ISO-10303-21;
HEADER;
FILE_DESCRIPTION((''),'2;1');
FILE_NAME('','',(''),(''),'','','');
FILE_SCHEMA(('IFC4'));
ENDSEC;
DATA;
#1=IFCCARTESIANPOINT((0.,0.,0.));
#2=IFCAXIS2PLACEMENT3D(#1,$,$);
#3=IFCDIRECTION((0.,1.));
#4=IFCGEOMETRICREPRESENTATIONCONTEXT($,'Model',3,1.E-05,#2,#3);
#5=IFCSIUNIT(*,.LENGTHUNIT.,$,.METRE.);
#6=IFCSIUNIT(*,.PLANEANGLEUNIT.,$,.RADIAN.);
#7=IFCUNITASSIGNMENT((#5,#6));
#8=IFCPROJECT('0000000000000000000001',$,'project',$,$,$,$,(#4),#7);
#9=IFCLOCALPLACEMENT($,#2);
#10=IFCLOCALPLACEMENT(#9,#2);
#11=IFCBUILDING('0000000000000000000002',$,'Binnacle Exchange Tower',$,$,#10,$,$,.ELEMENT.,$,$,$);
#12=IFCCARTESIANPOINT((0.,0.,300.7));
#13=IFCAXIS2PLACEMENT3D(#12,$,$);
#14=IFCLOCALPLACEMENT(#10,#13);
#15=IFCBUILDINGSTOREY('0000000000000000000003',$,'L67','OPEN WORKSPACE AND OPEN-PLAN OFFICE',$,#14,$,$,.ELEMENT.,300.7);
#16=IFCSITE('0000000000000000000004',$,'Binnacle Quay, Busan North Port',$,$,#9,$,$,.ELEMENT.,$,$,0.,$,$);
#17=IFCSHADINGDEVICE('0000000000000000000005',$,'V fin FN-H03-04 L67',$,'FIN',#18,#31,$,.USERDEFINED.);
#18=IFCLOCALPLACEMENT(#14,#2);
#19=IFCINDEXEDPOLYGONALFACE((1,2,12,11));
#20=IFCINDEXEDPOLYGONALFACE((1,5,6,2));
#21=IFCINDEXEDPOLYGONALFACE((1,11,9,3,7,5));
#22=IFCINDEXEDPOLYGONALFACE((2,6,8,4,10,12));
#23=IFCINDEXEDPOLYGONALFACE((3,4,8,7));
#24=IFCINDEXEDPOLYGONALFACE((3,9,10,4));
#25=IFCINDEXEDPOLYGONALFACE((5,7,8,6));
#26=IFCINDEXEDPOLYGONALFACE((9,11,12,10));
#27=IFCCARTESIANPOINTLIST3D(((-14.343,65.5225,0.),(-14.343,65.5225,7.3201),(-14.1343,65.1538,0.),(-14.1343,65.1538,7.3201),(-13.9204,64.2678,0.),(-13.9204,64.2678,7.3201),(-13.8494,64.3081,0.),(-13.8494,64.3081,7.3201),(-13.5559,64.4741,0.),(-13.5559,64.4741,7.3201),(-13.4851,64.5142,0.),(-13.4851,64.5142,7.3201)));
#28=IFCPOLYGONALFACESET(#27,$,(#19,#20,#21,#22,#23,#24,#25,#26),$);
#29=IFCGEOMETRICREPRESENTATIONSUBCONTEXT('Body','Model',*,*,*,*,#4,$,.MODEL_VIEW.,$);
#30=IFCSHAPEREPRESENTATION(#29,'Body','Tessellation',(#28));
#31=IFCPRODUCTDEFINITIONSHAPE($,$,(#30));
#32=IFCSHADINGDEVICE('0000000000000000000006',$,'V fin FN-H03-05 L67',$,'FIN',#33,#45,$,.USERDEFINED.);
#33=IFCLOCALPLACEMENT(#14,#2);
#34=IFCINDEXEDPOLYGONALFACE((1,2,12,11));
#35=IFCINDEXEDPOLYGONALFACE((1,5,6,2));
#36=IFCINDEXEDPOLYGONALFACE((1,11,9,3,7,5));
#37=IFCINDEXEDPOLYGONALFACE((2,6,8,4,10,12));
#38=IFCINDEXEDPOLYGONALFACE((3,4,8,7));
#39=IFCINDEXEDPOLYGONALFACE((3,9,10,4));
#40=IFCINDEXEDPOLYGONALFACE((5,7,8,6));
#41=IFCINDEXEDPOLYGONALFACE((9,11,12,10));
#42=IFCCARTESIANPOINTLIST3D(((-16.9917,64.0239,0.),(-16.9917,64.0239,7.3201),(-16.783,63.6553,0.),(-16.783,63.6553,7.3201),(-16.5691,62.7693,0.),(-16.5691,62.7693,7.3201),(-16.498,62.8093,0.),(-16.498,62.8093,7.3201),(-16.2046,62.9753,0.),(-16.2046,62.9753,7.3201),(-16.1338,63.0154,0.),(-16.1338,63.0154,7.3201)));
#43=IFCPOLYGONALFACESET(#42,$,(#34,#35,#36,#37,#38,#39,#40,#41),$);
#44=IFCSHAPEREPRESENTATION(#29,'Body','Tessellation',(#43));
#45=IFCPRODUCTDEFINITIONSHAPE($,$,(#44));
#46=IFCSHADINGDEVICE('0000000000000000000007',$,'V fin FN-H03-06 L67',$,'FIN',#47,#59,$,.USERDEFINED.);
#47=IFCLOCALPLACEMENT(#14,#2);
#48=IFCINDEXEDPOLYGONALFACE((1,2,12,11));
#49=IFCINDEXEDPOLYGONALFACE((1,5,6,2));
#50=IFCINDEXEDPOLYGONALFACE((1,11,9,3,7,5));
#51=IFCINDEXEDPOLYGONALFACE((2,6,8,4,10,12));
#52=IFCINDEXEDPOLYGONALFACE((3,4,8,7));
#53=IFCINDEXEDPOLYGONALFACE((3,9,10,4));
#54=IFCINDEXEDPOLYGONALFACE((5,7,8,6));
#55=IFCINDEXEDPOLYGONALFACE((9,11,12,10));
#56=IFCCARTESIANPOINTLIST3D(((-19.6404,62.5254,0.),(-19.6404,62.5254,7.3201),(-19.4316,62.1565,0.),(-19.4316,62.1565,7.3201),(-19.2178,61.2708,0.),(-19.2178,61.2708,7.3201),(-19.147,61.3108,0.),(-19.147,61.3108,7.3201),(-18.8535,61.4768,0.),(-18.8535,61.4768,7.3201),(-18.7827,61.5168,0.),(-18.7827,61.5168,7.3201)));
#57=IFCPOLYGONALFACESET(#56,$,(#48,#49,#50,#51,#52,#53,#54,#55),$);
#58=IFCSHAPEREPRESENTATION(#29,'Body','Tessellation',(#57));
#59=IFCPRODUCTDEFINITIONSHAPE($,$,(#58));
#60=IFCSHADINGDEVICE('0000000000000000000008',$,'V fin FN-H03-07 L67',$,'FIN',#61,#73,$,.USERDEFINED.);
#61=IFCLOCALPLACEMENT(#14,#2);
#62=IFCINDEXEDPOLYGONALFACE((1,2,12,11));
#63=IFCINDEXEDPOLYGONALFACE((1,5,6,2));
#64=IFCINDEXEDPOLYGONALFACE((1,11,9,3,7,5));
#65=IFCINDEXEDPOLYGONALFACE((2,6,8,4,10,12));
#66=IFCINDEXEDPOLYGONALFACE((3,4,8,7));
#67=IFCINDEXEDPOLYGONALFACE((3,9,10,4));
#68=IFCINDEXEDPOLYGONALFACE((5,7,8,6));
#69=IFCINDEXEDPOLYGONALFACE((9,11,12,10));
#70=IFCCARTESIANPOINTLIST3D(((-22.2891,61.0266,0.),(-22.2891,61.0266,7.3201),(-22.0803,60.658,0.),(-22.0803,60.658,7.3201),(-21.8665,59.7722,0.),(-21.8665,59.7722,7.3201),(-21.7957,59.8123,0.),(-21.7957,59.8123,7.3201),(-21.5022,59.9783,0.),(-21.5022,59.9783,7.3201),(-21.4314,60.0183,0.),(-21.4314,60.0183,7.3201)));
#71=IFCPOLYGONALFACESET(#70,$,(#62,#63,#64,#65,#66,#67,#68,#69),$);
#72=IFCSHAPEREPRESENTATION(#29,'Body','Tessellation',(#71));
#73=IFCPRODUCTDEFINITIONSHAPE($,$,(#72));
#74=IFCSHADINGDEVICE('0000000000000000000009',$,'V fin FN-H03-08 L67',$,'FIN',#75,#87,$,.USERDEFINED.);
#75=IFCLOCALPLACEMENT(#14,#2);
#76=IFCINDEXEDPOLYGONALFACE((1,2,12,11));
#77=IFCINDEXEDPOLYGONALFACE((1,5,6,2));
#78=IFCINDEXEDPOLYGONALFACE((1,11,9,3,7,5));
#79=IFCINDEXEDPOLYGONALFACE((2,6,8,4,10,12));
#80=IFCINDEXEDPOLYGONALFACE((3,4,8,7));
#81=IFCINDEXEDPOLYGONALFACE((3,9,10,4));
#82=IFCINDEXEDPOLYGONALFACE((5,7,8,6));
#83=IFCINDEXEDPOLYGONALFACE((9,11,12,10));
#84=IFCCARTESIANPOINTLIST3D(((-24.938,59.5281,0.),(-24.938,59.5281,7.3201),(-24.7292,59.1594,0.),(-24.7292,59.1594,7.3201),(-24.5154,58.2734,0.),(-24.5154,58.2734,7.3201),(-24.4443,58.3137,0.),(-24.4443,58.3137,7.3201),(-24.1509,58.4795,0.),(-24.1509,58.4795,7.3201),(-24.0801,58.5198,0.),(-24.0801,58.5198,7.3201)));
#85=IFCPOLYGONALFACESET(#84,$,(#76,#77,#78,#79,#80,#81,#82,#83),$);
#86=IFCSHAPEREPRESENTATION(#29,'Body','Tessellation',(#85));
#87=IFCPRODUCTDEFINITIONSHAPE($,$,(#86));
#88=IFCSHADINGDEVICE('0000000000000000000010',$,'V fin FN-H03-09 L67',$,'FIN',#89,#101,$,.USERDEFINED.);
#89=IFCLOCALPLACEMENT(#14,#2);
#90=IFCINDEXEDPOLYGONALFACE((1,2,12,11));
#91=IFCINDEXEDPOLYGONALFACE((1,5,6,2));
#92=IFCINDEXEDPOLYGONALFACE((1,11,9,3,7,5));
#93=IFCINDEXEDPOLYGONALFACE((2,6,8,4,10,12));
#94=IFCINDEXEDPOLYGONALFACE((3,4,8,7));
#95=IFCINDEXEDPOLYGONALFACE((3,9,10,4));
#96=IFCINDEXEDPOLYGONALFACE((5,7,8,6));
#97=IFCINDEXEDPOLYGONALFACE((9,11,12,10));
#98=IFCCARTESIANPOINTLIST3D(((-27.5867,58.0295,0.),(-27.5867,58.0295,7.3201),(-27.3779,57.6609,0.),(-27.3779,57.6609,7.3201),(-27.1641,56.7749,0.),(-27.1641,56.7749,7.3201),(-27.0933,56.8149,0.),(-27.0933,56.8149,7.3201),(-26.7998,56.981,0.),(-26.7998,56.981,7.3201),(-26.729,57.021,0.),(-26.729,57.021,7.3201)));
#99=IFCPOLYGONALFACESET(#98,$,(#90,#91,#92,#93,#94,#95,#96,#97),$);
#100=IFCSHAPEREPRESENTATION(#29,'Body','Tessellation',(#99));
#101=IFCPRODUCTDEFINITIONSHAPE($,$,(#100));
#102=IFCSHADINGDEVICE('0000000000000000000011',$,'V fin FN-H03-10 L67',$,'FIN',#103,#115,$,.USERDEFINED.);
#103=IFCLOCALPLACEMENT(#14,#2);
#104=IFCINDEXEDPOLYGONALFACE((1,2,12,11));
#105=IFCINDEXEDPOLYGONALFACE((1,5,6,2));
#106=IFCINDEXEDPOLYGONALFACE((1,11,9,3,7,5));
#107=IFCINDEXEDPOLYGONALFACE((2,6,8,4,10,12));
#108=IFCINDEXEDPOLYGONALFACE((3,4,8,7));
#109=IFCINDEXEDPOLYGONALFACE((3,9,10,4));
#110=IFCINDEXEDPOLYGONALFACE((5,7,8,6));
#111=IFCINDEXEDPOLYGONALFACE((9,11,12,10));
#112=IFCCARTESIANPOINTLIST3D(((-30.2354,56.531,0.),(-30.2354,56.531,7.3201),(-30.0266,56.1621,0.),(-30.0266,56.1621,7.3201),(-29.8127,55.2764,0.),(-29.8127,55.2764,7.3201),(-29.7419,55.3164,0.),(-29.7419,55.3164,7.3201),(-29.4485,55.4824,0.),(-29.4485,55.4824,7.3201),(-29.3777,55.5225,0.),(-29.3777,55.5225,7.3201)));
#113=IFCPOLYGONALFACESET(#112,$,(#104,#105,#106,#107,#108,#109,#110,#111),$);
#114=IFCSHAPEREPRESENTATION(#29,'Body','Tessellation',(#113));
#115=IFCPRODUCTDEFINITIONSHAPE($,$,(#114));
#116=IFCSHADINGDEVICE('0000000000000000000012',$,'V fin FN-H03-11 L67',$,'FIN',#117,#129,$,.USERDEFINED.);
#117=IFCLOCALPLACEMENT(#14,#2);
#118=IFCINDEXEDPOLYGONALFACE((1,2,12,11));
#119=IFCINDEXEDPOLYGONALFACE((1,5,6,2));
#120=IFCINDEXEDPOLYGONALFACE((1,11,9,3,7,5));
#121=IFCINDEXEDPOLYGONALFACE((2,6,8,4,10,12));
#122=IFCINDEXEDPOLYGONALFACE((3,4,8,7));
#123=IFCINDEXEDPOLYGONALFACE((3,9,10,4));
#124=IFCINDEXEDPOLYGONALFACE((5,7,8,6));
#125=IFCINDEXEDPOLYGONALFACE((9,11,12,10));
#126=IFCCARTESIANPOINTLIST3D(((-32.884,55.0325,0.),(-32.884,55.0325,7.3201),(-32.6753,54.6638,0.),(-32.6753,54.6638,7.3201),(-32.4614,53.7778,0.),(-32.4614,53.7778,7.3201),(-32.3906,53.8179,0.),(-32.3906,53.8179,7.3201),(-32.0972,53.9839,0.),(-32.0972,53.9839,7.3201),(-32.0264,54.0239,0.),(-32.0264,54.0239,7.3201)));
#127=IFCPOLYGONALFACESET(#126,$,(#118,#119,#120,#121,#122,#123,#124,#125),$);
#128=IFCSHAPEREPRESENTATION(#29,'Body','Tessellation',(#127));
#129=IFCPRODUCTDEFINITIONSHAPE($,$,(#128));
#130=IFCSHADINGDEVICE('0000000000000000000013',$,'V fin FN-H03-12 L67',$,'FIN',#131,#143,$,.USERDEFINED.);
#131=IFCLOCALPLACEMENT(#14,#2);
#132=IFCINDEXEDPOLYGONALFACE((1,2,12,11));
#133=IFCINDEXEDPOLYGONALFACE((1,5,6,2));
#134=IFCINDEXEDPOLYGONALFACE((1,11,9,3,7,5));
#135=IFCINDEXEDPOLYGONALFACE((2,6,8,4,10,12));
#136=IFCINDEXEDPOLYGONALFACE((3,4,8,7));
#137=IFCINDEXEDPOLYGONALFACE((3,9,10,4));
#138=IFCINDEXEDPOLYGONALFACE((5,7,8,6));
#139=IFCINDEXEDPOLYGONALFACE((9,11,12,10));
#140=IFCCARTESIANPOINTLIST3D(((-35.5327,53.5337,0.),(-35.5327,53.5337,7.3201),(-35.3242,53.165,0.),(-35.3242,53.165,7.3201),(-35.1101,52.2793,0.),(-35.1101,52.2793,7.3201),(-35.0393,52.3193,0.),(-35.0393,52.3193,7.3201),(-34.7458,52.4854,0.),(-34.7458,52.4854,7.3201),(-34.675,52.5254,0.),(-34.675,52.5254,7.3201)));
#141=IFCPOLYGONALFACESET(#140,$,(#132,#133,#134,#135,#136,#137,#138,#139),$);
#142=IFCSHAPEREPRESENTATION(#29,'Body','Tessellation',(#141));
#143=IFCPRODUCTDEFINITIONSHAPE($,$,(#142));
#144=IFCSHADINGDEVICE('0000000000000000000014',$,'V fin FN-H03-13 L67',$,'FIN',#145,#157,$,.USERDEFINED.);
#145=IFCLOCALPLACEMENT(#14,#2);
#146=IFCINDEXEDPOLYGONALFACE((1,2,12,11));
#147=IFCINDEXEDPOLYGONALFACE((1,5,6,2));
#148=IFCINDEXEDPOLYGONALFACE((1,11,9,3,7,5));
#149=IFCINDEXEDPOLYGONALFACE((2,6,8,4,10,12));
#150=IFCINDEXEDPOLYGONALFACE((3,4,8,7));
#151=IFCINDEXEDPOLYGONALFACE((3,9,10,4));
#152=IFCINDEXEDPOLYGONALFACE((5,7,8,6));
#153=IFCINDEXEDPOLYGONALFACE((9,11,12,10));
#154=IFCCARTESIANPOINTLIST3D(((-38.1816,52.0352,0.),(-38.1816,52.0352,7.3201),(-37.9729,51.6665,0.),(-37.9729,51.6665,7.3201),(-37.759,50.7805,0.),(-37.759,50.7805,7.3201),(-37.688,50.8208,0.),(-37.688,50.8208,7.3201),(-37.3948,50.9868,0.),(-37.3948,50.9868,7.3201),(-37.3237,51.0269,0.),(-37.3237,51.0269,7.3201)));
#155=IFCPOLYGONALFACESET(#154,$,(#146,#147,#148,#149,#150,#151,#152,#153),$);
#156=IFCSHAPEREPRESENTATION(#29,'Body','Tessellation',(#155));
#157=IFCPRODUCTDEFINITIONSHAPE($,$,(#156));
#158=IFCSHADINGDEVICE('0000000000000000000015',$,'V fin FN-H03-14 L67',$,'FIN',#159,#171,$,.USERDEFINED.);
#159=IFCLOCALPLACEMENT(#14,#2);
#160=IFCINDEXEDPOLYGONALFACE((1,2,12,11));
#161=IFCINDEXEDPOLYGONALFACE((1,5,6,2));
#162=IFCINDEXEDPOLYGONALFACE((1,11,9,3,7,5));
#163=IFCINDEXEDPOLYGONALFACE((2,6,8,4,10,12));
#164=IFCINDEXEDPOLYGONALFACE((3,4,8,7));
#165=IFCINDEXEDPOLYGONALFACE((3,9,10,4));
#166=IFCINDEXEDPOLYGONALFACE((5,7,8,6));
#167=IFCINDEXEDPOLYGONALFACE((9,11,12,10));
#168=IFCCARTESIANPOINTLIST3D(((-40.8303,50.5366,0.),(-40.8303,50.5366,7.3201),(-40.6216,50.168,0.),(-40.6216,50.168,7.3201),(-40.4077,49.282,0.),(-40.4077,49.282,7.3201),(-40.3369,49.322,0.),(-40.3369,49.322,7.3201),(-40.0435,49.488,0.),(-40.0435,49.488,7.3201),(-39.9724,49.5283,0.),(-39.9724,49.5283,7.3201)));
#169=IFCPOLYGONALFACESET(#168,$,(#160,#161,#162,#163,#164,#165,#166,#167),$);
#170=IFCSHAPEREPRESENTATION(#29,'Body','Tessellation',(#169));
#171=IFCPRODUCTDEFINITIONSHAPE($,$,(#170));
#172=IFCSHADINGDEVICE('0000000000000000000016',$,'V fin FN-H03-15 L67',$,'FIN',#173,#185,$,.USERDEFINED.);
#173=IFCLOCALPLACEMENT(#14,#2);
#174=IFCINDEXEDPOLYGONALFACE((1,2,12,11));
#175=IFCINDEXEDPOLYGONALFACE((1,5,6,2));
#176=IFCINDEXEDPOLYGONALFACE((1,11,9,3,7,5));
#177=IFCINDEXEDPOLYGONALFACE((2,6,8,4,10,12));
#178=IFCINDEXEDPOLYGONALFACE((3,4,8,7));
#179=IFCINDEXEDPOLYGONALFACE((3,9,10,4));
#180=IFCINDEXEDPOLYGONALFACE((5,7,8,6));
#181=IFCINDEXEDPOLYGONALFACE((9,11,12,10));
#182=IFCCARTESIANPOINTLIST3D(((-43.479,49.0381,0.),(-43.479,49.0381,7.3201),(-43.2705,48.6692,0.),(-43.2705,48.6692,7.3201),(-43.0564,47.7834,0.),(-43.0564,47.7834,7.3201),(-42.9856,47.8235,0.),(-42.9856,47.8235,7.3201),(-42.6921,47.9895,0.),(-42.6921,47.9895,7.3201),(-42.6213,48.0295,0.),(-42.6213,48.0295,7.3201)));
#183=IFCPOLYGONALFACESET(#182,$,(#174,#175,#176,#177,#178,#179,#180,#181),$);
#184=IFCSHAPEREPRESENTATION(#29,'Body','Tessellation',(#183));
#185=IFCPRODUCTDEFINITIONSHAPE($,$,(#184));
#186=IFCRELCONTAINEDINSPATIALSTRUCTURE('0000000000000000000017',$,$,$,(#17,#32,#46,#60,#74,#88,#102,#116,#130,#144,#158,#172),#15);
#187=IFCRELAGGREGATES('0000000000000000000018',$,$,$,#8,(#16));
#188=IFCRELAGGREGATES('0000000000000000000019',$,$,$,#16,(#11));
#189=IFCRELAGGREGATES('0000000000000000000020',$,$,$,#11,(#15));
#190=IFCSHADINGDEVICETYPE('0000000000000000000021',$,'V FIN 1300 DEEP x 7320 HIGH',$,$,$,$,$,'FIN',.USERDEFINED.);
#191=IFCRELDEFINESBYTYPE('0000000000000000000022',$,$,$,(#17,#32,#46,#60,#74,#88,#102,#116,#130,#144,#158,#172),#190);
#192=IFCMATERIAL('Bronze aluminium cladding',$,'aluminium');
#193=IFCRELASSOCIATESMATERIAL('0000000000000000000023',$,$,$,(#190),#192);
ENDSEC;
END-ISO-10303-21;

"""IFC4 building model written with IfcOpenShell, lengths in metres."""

from ifc_helpers import new_model, si_unit, direction, frame, origin, place, context, subcontext, project, spatial, polyline, outline, extrude, material, type_object, element, save


model = new_model("IFC4")

# Units and contexts
model_context = context("Model", 3, precision=1e-05, world=origin(), true_north=direction((0.0, 1.0)))
body_context = subcontext(model_context, "Body", "Model", "MODEL_VIEW")
ifc_project = project(units=[si_unit("LENGTHUNIT", "METRE"), si_unit("PLANEANGLEUNIT", "RADIAN")], contexts=[model_context])

# Site, building, storey
site_placement = place(None, origin())
site = spatial("IfcSite", under=ifc_project, at=site_placement, Name="Binnacle Quay, Busan North Port", CompositionType="ELEMENT", RefElevation=0.0)
building_placement = place(site_placement, origin())
building = spatial("IfcBuilding", under=site, at=building_placement, Name="Binnacle Exchange Tower", CompositionType="ELEMENT")
storey_placement = place(building_placement, frame((0.0, 0.0, 300.7)))
storey = spatial("IfcBuildingStorey", under=building, at=storey_placement, Name="L67", Description="OPEN WORKSPACE AND OPEN-PLAN OFFICE", CompositionType="ELEMENT", Elevation=300.7)

# Shading devices
ifc_material_1 = material(Name="Bronze aluminium cladding", Category="aluminium")
shading_device_type = type_object("IfcShadingDeviceType", Name="V FIN 1300 DEEP x 7320 HIGH", ElementType="FIN", PredefinedType="USERDEFINED", material=ifc_material_1)
shading_device_1_placement = place(storey_placement, origin())
element("IfcShadingDevice", 1, at=shading_device_1_placement, inside=storey, type_object=shading_device_type, Name="V fin FN-H03-04 L67", ObjectType="FIN", PredefinedType="USERDEFINED", context=body_context, shape_type="SweptSolid", body=[
    extrude(outline(polyline([(-13.4851, 64.5142), (-14.343, 65.5225), (-13.9204, 64.2678), (-13.8494, 64.3081), (-14.1343, 65.1538), (-13.5559, 64.4741), (-13.4851, 64.5142)])), origin(), (0.0, 0.0, 1.0), 7.3201),
])
shading_device_2_placement = place(storey_placement, origin())
element("IfcShadingDevice", 2, at=shading_device_2_placement, inside=storey, type_object=shading_device_type, Name="V fin FN-H03-05 L67", ObjectType="FIN", PredefinedType="USERDEFINED", context=body_context, shape_type="SweptSolid", body=[
    extrude(outline(polyline([(-16.1338, 63.0154), (-16.9917, 64.0239), (-16.5691, 62.7693), (-16.498, 62.8093), (-16.783, 63.6553), (-16.2046, 62.9753), (-16.1338, 63.0154)])), origin(), (0.0, 0.0, 1.0), 7.3201),
])
shading_device_3_placement = place(storey_placement, origin())
element("IfcShadingDevice", 3, at=shading_device_3_placement, inside=storey, type_object=shading_device_type, Name="V fin FN-H03-06 L67", ObjectType="FIN", PredefinedType="USERDEFINED", context=body_context, shape_type="SweptSolid", body=[
    extrude(outline(polyline([(-18.7827, 61.5168), (-19.6404, 62.5254), (-19.2178, 61.2708), (-19.147, 61.3108), (-19.4316, 62.1565), (-18.8535, 61.4768), (-18.7827, 61.5168)])), origin(), (0.0, 0.0, 1.0), 7.3201),
])
shading_device_4_placement = place(storey_placement, origin())
element("IfcShadingDevice", 4, at=shading_device_4_placement, inside=storey, type_object=shading_device_type, Name="V fin FN-H03-07 L67", ObjectType="FIN", PredefinedType="USERDEFINED", context=body_context, shape_type="SweptSolid", body=[
    extrude(outline(polyline([(-21.4314, 60.0183), (-22.2891, 61.0266), (-21.8665, 59.7722), (-21.7957, 59.8123), (-22.0803, 60.658), (-21.5022, 59.9783), (-21.4314, 60.0183)])), origin(), (0.0, 0.0, 1.0), 7.3201),
])
shading_device_5_placement = place(storey_placement, origin())
element("IfcShadingDevice", 5, at=shading_device_5_placement, inside=storey, type_object=shading_device_type, Name="V fin FN-H03-08 L67", ObjectType="FIN", PredefinedType="USERDEFINED", context=body_context, shape_type="SweptSolid", body=[
    extrude(outline(polyline([(-24.0801, 58.5198), (-24.938, 59.5281), (-24.5154, 58.2734), (-24.4443, 58.3137), (-24.7292, 59.1594), (-24.1509, 58.4795), (-24.0801, 58.5198)])), origin(), (0.0, 0.0, 1.0), 7.3201),
])
shading_device_6_placement = place(storey_placement, origin())
element("IfcShadingDevice", 6, at=shading_device_6_placement, inside=storey, type_object=shading_device_type, Name="V fin FN-H03-09 L67", ObjectType="FIN", PredefinedType="USERDEFINED", context=body_context, shape_type="SweptSolid", body=[
    extrude(outline(polyline([(-26.729, 57.021), (-27.5867, 58.0295), (-27.1641, 56.7749), (-27.0933, 56.8149), (-27.3779, 57.6609), (-26.7998, 56.981), (-26.729, 57.021)])), origin(), (0.0, 0.0, 1.0), 7.3201),
])
shading_device_7_placement = place(storey_placement, origin())
element("IfcShadingDevice", 7, at=shading_device_7_placement, inside=storey, type_object=shading_device_type, Name="V fin FN-H03-10 L67", ObjectType="FIN", PredefinedType="USERDEFINED", context=body_context, shape_type="SweptSolid", body=[
    extrude(outline(polyline([(-29.3777, 55.5225), (-30.2354, 56.531), (-29.8127, 55.2764), (-29.7419, 55.3164), (-30.0266, 56.1621), (-29.4485, 55.4824), (-29.3777, 55.5225)])), origin(), (0.0, 0.0, 1.0), 7.3201),
])
shading_device_8_placement = place(storey_placement, origin())
element("IfcShadingDevice", 8, at=shading_device_8_placement, inside=storey, type_object=shading_device_type, Name="V fin FN-H03-11 L67", ObjectType="FIN", PredefinedType="USERDEFINED", context=body_context, shape_type="SweptSolid", body=[
    extrude(outline(polyline([(-32.0264, 54.0239), (-32.884, 55.0325), (-32.4614, 53.7778), (-32.3906, 53.8179), (-32.6753, 54.6638), (-32.0972, 53.9839), (-32.0264, 54.0239)])), origin(), (0.0, 0.0, 1.0), 7.3201),
])
shading_device_9_placement = place(storey_placement, origin())
element("IfcShadingDevice", 9, at=shading_device_9_placement, inside=storey, type_object=shading_device_type, Name="V fin FN-H03-12 L67", ObjectType="FIN", PredefinedType="USERDEFINED", context=body_context, shape_type="SweptSolid", body=[
    extrude(outline(polyline([(-34.675, 52.5254), (-35.5327, 53.5337), (-35.1101, 52.2793), (-35.0393, 52.3193), (-35.3242, 53.165), (-34.7458, 52.4854), (-34.675, 52.5254)])), origin(), (0.0, 0.0, 1.0), 7.3201),
])
shading_device_10_placement = place(storey_placement, origin())
element("IfcShadingDevice", 10, at=shading_device_10_placement, inside=storey, type_object=shading_device_type, Name="V fin FN-H03-13 L67", ObjectType="FIN", PredefinedType="USERDEFINED", context=body_context, shape_type="SweptSolid", body=[
    extrude(outline(polyline([(-37.3237, 51.0269), (-38.1816, 52.0352), (-37.759, 50.7805), (-37.688, 50.8208), (-37.9729, 51.6665), (-37.3948, 50.9868), (-37.3237, 51.0269)])), origin(), (0.0, 0.0, 1.0), 7.3201),
])
shading_device_11_placement = place(storey_placement, origin())
element("IfcShadingDevice", 11, at=shading_device_11_placement, inside=storey, type_object=shading_device_type, Name="V fin FN-H03-14 L67", ObjectType="FIN", PredefinedType="USERDEFINED", context=body_context, shape_type="SweptSolid", body=[
    extrude(outline(polyline([(-39.9724, 49.5283), (-40.8303, 50.5366), (-40.4077, 49.282), (-40.3369, 49.322), (-40.6216, 50.168), (-40.0435, 49.488), (-39.9724, 49.5283)])), origin(), (0.0, 0.0, 1.0), 7.3201),
])
shading_device_12_placement = place(storey_placement, origin())
element("IfcShadingDevice", 12, at=shading_device_12_placement, inside=storey, type_object=shading_device_type, Name="V fin FN-H03-15 L67", ObjectType="FIN", PredefinedType="USERDEFINED", context=body_context, shape_type="SweptSolid", body=[
    extrude(outline(polyline([(-42.6213, 48.0295), (-43.479, 49.0381), (-43.0564, 47.7834), (-42.9856, 47.8235), (-43.2705, 48.6692), (-42.6921, 47.9895), (-42.6213, 48.0295)])), origin(), (0.0, 0.0, 1.0), 7.3201),
])

save(model, "model.ifc")
